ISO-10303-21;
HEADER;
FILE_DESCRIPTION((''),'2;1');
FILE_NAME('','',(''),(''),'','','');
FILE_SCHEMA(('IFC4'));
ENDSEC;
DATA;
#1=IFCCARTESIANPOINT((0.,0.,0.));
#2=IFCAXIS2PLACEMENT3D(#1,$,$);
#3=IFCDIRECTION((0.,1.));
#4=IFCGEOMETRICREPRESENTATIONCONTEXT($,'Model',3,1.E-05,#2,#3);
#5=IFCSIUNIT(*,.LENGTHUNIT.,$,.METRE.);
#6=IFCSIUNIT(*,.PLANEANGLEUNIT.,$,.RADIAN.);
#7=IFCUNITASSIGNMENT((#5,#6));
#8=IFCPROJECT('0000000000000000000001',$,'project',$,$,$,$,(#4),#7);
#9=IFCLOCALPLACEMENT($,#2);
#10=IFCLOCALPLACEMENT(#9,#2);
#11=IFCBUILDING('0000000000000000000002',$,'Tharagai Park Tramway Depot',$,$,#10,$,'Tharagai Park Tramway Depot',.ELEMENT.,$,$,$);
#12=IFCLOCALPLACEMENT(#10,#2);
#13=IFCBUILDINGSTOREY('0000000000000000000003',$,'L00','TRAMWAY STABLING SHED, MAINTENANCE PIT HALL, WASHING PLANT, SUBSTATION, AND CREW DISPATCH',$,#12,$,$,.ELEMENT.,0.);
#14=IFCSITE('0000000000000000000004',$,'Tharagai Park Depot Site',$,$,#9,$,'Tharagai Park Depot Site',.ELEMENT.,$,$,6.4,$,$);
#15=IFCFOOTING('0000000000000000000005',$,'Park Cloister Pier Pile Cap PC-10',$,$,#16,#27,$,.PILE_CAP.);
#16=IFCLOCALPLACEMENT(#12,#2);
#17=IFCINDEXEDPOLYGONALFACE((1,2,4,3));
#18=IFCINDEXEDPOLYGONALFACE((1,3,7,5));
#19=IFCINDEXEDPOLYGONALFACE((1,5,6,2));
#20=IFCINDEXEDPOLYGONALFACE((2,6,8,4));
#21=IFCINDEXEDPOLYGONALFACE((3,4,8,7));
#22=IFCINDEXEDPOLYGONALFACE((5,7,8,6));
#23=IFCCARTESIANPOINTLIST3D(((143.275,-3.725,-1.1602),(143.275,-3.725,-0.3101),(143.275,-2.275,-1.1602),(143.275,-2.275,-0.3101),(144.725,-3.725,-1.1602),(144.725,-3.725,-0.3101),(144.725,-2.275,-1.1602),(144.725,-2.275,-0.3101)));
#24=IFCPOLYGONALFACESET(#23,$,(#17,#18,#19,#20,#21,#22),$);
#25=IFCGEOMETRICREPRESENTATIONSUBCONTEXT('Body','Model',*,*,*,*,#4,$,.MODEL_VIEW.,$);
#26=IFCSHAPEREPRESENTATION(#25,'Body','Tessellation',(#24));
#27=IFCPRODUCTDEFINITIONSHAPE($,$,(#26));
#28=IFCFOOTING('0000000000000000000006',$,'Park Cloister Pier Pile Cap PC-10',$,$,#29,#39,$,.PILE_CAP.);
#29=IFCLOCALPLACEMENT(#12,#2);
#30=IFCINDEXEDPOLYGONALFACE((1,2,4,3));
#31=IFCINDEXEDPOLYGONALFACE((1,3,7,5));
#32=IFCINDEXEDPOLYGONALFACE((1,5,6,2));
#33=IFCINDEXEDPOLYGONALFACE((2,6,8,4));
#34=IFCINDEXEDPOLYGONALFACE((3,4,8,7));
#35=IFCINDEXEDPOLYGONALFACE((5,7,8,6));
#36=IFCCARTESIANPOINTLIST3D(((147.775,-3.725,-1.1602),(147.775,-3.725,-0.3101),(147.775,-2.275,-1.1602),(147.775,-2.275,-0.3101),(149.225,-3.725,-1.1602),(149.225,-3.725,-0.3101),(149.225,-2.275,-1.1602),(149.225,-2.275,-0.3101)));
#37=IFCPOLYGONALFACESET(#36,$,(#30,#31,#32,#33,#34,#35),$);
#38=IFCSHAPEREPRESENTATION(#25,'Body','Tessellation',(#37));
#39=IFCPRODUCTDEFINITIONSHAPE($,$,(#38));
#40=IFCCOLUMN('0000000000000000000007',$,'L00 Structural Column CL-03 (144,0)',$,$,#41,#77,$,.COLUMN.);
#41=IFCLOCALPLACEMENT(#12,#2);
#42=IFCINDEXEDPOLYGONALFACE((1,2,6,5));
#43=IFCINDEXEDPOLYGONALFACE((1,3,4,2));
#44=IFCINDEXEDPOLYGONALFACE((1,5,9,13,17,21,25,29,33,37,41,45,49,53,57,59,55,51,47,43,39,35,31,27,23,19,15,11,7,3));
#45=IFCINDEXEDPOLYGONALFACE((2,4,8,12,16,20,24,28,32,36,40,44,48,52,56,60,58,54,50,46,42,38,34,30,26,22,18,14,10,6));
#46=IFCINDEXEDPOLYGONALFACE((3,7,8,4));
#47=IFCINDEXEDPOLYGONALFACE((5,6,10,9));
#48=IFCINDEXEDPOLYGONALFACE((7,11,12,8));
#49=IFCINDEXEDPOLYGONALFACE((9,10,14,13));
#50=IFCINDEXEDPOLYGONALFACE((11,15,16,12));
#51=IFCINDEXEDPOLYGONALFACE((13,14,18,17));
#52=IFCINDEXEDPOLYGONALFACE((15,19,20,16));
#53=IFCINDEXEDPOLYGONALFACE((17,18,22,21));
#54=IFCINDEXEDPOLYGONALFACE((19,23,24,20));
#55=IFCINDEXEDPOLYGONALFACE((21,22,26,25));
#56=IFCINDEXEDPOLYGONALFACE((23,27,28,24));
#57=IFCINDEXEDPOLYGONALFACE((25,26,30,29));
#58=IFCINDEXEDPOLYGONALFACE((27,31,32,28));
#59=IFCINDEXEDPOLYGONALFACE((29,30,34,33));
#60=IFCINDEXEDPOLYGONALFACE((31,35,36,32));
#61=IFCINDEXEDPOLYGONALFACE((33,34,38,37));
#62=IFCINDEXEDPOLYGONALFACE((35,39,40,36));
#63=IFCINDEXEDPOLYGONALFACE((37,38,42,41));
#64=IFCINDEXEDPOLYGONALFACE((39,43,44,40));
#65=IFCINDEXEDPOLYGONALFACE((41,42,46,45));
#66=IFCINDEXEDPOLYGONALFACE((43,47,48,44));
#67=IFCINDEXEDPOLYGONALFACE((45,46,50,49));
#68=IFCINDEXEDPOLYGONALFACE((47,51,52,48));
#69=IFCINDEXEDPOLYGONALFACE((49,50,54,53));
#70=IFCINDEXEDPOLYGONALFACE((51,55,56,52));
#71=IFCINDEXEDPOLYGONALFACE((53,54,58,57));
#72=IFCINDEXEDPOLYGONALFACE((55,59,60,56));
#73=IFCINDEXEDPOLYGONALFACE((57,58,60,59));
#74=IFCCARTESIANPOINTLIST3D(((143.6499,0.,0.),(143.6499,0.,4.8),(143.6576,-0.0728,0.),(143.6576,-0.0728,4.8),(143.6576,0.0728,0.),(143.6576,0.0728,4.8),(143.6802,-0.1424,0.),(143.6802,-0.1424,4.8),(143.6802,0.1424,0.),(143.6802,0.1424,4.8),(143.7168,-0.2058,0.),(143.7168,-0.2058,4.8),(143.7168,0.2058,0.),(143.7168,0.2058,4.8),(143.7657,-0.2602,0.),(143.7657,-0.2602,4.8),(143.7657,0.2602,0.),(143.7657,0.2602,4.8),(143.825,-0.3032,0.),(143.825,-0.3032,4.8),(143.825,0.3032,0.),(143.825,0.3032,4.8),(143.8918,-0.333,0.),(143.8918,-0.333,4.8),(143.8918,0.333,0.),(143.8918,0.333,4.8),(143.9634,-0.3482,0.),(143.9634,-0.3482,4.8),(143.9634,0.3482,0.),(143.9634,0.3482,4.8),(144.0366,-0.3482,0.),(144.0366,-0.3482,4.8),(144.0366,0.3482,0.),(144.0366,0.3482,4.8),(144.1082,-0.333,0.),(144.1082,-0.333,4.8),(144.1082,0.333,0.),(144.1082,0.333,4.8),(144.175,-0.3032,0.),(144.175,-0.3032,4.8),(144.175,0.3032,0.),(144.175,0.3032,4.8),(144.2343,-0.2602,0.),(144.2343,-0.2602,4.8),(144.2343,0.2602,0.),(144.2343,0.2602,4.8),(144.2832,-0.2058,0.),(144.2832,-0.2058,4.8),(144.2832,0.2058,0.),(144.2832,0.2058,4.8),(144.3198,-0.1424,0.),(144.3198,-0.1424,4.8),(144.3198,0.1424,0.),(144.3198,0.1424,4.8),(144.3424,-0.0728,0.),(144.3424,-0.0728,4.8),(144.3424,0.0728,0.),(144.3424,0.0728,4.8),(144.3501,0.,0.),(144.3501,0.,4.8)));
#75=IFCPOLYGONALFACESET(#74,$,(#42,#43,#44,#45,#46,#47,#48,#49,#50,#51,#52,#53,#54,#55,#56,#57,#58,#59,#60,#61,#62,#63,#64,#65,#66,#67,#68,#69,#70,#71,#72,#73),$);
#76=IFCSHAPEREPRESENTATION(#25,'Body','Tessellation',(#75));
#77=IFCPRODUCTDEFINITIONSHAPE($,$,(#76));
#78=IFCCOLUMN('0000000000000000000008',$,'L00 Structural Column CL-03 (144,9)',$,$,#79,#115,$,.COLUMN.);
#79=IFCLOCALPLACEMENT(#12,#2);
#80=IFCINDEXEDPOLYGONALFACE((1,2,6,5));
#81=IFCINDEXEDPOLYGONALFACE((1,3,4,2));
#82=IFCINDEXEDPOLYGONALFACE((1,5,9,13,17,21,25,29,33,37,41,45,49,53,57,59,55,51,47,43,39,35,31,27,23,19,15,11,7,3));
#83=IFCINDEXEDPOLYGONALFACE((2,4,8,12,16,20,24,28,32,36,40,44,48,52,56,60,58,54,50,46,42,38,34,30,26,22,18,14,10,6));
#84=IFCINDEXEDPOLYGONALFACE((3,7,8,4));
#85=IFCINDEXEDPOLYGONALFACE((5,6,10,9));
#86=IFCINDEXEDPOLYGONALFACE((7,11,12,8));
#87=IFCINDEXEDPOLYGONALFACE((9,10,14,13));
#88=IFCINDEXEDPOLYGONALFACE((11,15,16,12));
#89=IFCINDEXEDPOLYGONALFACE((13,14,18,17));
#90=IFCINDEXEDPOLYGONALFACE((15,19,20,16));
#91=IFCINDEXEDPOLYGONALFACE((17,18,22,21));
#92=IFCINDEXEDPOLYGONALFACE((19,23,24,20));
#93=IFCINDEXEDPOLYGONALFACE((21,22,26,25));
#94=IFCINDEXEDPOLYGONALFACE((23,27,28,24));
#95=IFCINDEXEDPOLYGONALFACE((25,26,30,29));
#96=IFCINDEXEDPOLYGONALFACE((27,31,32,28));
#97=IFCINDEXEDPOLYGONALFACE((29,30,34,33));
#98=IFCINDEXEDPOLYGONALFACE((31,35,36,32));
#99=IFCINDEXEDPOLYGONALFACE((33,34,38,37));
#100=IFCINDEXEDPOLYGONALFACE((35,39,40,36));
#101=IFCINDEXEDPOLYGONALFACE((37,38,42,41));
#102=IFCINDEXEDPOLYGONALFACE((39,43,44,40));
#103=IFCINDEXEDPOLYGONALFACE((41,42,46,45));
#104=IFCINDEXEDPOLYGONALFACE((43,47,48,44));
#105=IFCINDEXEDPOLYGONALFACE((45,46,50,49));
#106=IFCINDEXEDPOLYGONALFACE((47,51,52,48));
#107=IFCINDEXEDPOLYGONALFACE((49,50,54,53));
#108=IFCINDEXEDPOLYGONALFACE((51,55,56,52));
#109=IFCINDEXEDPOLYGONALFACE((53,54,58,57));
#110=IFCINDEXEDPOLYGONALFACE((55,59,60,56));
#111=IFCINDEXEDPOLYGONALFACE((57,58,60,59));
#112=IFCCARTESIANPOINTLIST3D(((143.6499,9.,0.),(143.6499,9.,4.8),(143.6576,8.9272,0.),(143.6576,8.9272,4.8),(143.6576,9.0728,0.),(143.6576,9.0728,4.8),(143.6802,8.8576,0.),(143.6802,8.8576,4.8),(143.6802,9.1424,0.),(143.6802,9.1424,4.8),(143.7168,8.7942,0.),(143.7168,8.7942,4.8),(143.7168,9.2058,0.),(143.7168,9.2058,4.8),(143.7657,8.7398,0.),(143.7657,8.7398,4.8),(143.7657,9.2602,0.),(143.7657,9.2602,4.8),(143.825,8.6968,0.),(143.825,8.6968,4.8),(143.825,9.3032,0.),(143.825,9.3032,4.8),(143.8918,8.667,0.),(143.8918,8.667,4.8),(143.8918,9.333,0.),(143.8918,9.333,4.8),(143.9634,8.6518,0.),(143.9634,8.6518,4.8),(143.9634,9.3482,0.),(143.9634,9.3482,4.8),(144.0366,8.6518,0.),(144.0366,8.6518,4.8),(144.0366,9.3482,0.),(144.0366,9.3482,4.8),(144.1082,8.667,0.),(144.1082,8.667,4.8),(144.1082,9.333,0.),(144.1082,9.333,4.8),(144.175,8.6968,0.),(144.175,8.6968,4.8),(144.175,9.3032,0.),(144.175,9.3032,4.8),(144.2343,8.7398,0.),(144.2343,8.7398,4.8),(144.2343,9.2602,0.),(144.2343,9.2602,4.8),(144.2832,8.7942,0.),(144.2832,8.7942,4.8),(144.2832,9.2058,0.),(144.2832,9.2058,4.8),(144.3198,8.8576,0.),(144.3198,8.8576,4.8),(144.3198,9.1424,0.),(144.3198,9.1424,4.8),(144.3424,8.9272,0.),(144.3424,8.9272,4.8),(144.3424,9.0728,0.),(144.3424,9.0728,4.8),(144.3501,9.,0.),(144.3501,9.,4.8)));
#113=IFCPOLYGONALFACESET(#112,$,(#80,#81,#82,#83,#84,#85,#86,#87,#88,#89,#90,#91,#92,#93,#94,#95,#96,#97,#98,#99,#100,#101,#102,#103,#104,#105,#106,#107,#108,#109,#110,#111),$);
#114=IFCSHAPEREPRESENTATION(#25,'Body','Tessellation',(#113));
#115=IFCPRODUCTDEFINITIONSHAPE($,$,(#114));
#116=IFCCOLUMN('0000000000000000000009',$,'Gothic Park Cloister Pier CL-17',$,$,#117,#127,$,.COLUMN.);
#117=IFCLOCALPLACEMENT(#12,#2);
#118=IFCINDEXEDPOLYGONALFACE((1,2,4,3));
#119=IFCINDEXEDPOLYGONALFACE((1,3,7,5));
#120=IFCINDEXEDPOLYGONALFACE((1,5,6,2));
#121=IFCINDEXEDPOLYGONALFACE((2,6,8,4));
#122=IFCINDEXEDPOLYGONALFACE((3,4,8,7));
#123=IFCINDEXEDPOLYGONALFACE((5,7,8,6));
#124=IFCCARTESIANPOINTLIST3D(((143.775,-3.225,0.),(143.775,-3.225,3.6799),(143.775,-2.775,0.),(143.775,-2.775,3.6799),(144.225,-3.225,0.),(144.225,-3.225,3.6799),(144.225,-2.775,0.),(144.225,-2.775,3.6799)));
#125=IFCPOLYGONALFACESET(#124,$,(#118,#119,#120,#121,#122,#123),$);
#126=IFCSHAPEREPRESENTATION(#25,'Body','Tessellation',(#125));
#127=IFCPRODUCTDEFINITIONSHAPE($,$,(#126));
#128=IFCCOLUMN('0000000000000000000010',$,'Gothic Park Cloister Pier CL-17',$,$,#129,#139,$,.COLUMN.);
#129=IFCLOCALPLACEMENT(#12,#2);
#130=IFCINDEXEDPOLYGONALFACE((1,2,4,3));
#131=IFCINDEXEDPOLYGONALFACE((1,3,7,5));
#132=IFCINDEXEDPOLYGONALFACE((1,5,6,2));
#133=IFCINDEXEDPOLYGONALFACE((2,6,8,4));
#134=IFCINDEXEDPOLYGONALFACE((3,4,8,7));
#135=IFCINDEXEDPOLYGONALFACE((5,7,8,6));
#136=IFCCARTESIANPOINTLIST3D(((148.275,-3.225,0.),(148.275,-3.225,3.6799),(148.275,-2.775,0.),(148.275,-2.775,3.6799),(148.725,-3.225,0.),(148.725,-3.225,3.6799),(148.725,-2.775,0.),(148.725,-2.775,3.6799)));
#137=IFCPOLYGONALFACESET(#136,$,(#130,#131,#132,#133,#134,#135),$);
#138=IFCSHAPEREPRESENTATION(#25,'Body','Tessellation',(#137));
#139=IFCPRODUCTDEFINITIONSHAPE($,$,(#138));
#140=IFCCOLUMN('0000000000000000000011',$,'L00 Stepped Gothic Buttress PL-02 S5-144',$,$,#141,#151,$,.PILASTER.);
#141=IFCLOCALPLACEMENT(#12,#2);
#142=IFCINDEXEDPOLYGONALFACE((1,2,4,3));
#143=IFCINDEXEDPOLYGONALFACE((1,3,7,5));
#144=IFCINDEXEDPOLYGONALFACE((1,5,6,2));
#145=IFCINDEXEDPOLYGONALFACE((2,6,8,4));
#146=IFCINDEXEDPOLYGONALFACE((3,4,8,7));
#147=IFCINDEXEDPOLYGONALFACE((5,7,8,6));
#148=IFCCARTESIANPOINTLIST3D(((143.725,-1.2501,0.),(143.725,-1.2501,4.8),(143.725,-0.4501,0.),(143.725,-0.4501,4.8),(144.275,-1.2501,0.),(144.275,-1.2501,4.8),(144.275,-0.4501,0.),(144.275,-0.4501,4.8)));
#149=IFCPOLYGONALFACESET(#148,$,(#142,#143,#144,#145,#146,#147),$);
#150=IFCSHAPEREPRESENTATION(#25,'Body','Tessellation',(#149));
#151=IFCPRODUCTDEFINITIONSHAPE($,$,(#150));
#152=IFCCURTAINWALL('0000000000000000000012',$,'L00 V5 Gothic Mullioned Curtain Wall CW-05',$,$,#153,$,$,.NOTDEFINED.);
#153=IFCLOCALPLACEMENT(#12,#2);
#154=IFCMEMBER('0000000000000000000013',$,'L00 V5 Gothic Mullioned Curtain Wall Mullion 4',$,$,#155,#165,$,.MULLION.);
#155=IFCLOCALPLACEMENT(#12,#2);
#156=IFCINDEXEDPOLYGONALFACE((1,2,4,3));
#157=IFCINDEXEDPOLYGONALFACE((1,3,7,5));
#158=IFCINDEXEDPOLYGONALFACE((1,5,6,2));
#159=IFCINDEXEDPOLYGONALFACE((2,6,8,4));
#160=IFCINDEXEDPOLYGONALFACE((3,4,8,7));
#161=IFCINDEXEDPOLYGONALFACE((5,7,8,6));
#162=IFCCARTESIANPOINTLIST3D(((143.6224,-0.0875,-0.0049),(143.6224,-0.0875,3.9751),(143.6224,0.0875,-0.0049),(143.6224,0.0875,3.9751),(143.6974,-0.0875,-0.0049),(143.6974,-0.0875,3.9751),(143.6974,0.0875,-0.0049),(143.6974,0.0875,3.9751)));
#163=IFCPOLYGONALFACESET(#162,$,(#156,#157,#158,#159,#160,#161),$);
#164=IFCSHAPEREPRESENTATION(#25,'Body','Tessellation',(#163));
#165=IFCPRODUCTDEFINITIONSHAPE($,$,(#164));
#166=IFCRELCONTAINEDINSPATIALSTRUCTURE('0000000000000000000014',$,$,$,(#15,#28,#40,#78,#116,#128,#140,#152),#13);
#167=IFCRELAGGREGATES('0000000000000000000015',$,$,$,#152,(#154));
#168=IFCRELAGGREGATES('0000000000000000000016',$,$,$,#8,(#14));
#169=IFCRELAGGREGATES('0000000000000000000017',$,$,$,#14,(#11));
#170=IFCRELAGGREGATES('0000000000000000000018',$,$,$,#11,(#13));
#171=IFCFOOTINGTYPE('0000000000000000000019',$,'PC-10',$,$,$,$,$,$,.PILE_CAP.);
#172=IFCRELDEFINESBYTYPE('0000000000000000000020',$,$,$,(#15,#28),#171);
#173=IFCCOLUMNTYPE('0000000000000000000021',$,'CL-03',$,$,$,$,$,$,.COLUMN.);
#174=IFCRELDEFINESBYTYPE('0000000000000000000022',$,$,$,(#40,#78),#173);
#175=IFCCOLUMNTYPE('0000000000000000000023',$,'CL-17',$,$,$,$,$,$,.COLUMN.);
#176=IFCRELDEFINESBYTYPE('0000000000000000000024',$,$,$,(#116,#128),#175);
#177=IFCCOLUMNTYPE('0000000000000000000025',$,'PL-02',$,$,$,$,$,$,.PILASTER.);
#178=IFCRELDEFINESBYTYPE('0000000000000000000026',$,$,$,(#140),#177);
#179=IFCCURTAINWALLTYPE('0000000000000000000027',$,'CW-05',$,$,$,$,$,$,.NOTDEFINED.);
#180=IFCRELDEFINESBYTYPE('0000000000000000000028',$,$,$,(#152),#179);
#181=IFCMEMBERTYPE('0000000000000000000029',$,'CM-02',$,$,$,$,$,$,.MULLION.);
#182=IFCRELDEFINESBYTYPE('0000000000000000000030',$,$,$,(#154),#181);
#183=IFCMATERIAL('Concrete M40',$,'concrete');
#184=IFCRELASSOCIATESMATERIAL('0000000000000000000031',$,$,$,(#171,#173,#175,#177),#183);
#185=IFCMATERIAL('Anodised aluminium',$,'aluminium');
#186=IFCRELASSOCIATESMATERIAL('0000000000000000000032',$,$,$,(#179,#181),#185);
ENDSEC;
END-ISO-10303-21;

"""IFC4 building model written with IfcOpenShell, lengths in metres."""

from ifc_helpers import new_model, si_unit, direction, frame, origin, origin_2d, place, context, subcontext, project, spatial, rectangle, circle, extrude, material, material_profile, profile_set, type_object, element, aggregate, save


model = new_model("IFC4")

# Units and contexts
model_context = context("Model", 3, precision=1e-05, world=origin(), true_north=direction((0.0, 1.0)))
body_context = subcontext(model_context, "Body", "Model", "MODEL_VIEW")
ifc_project = project(units=[si_unit("LENGTHUNIT", "METRE"), si_unit("PLANEANGLEUNIT", "RADIAN")], contexts=[model_context])

# Site, building, storey
site_placement = place(None, origin())
site = spatial("IfcSite", under=ifc_project, at=site_placement, Name="Tharagai Park Depot Site", LongName="Tharagai Park Depot Site", CompositionType="ELEMENT", RefElevation=6.4)
building_placement = place(site_placement, origin())
building = spatial("IfcBuilding", under=site, at=building_placement, Name="Tharagai Park Tramway Depot", LongName="Tharagai Park Tramway Depot", CompositionType="ELEMENT")
storey_placement = place(building_placement, origin())
storey = spatial("IfcBuildingStorey", under=building, at=storey_placement, Name="L00", Description="TRAMWAY STABLING SHED, MAINTENANCE PIT HALL, WASHING PLANT, SUBSTATION, AND CREW DISPATCH", CompositionType="ELEMENT", Elevation=0.0)

# Shared definitions
ifc_material_1 = material(Name="Concrete M40", Category="concrete")

# Footings
footing_type_1 = type_object("IfcFootingType", Name="PC-10", PredefinedType="PILE_CAP", material=ifc_material_1)
for number, where, z_axis, x_axis, name in (
    (1, (144.0, -3.0, -1.1602), (0.0, 0.0, 1.0), (1.0, 0.0, 0.0), "Park Cloister Pier Pile Cap PC-10"),
    (2, (148.5, -3.0, -1.1602), (0.0, 0.0, 1.0), (1.0, 0.0, 0.0), "Park Cloister Pier Pile Cap PC-10"),
):
    element("IfcFooting", number, at=place(storey_placement, frame(where, z_axis=z_axis, x_axis=x_axis)), inside=storey, type_object=footing_type_1, Name=name, PredefinedType="PILE_CAP", context=body_context, shape_type="SweptSolid", body=[
        extrude(rectangle(XDim=1.45, YDim=1.45, at=origin_2d()), origin(), (0.0, 0.0, 1.0), 0.8501),
    ])

# Columns
ifc_material_profile_1 = material_profile(ifc_material_1, circle(Radius=0.3501, at=origin_2d()), Name="RC D700")
ifc_profile_set_1 = profile_set([ifc_material_profile_1], Name="Concrete M40")
column_type_1 = type_object("IfcColumnType", Name="CL-03", PredefinedType="COLUMN", material=ifc_profile_set_1)
for number, where, z_axis, x_axis, name in (
    (3, (144.0, 0.0, 0.0), (0.0, 0.0, 1.0), (1.0, 0.0, 0.0), "L00 Structural Column CL-03 (144,0)"),
    (4, (144.0, 9.0, 0.0), (0.0, 0.0, 1.0), (1.0, 0.0, 0.0), "L00 Structural Column CL-03 (144,9)"),
):
    element("IfcColumn", number, at=place(storey_placement, frame(where, z_axis=z_axis, x_axis=x_axis)), inside=storey, type_object=column_type_1, Name=name, PredefinedType="COLUMN", context=body_context, shape_type="SweptSolid", body=[
        extrude(circle(Radius=0.3501, at=origin_2d()), origin(), (0.0, 0.0, 1.0), 4.8),
    ])
ifc_material_profile_2 = material_profile(ifc_material_1, rectangle(XDim=0.45, YDim=0.45, at=origin_2d()), Name="RC 450x450")
ifc_profile_set_2 = profile_set([ifc_material_profile_2], Name="Concrete M40")
column_type_2 = type_object("IfcColumnType", Name="CL-17", PredefinedType="COLUMN", material=ifc_profile_set_2)
for number, where, z_axis, x_axis, name in (
    (5, (144.0, -3.0, 0.0), (0.0, 0.0, 1.0), (1.0, 0.0, 0.0), "Gothic Park Cloister Pier CL-17"),
    (6, (148.5, -3.0, 0.0), (0.0, 0.0, 1.0), (1.0, 0.0, 0.0), "Gothic Park Cloister Pier CL-17"),
):
    element("IfcColumn", number, at=place(storey_placement, frame(where, z_axis=z_axis, x_axis=x_axis)), inside=storey, type_object=column_type_2, Name=name, PredefinedType="COLUMN", context=body_context, shape_type="SweptSolid", body=[
        extrude(rectangle(XDim=0.45, YDim=0.45, at=origin_2d()), origin(), (0.0, 0.0, 1.0), 3.6799),
    ])
ifc_material_profile_3 = material_profile(ifc_material_1, rectangle(XDim=0.55, YDim=0.8, at=origin_2d()), Name="RC 550x800")
ifc_profile_set_3 = profile_set([ifc_material_profile_3], Name="Concrete M40")
column_type_3 = type_object("IfcColumnType", Name="PL-02", PredefinedType="PILASTER", material=ifc_profile_set_3)
column_placement = place(storey_placement, frame((144.0, -0.8501, 0.0), z_axis=(0.0, 0.0, 1.0), x_axis=(1.0, 0.0, 0.0)))
element("IfcColumn", 7, at=column_placement, inside=storey, type_object=column_type_3, Name="L00 Stepped Gothic Buttress PL-02 S5-144", PredefinedType="PILASTER", context=body_context, shape_type="SweptSolid", body=[
    extrude(rectangle(XDim=0.55, YDim=0.8, at=origin_2d()), origin(), (0.0, 0.0, 1.0), 4.8),
])

# Curtain wall, member
ifc_material_2 = material(Name="Anodised aluminium", Category="aluminium")
curtain_wall_type = type_object("IfcCurtainWallType", Name="CW-05", PredefinedType="NOTDEFINED", material=ifc_material_2)
curtain_wall_placement = place(storey_placement, origin())
curtain_wall = element("IfcCurtainWall", 8, at=curtain_wall_placement, inside=storey, type_object=curtain_wall_type, Name="L00 V5 Gothic Mullioned Curtain Wall CW-05", PredefinedType="NOTDEFINED")
ifc_material_profile_4 = material_profile(ifc_material_2, rectangle(XDim=0.075, YDim=0.175, at=origin_2d()), Name="ALU 75x175")
ifc_profile_set_4 = profile_set([ifc_material_profile_4], Name="Anodised aluminium")
member_type = type_object("IfcMemberType", Name="CM-02", PredefinedType="MULLION", material=ifc_profile_set_4)
member_placement = place(storey_placement, frame((143.6599, 0.0, -0.0049), z_axis=(0.0, 0.0, 1.0), x_axis=(1.0, 0.0, 0.0)))
member = element("IfcMember", 9, at=member_placement, type_object=member_type, Name="L00 V5 Gothic Mullioned Curtain Wall Mullion 4", PredefinedType="MULLION", context=body_context, shape_type="SweptSolid", body=[
    extrude(rectangle(XDim=0.075, YDim=0.175, at=origin_2d()), origin(), (0.0, 0.0, 1.0), 3.98),
])
aggregate(curtain_wall, [member])

save(model, "model.ifc")
